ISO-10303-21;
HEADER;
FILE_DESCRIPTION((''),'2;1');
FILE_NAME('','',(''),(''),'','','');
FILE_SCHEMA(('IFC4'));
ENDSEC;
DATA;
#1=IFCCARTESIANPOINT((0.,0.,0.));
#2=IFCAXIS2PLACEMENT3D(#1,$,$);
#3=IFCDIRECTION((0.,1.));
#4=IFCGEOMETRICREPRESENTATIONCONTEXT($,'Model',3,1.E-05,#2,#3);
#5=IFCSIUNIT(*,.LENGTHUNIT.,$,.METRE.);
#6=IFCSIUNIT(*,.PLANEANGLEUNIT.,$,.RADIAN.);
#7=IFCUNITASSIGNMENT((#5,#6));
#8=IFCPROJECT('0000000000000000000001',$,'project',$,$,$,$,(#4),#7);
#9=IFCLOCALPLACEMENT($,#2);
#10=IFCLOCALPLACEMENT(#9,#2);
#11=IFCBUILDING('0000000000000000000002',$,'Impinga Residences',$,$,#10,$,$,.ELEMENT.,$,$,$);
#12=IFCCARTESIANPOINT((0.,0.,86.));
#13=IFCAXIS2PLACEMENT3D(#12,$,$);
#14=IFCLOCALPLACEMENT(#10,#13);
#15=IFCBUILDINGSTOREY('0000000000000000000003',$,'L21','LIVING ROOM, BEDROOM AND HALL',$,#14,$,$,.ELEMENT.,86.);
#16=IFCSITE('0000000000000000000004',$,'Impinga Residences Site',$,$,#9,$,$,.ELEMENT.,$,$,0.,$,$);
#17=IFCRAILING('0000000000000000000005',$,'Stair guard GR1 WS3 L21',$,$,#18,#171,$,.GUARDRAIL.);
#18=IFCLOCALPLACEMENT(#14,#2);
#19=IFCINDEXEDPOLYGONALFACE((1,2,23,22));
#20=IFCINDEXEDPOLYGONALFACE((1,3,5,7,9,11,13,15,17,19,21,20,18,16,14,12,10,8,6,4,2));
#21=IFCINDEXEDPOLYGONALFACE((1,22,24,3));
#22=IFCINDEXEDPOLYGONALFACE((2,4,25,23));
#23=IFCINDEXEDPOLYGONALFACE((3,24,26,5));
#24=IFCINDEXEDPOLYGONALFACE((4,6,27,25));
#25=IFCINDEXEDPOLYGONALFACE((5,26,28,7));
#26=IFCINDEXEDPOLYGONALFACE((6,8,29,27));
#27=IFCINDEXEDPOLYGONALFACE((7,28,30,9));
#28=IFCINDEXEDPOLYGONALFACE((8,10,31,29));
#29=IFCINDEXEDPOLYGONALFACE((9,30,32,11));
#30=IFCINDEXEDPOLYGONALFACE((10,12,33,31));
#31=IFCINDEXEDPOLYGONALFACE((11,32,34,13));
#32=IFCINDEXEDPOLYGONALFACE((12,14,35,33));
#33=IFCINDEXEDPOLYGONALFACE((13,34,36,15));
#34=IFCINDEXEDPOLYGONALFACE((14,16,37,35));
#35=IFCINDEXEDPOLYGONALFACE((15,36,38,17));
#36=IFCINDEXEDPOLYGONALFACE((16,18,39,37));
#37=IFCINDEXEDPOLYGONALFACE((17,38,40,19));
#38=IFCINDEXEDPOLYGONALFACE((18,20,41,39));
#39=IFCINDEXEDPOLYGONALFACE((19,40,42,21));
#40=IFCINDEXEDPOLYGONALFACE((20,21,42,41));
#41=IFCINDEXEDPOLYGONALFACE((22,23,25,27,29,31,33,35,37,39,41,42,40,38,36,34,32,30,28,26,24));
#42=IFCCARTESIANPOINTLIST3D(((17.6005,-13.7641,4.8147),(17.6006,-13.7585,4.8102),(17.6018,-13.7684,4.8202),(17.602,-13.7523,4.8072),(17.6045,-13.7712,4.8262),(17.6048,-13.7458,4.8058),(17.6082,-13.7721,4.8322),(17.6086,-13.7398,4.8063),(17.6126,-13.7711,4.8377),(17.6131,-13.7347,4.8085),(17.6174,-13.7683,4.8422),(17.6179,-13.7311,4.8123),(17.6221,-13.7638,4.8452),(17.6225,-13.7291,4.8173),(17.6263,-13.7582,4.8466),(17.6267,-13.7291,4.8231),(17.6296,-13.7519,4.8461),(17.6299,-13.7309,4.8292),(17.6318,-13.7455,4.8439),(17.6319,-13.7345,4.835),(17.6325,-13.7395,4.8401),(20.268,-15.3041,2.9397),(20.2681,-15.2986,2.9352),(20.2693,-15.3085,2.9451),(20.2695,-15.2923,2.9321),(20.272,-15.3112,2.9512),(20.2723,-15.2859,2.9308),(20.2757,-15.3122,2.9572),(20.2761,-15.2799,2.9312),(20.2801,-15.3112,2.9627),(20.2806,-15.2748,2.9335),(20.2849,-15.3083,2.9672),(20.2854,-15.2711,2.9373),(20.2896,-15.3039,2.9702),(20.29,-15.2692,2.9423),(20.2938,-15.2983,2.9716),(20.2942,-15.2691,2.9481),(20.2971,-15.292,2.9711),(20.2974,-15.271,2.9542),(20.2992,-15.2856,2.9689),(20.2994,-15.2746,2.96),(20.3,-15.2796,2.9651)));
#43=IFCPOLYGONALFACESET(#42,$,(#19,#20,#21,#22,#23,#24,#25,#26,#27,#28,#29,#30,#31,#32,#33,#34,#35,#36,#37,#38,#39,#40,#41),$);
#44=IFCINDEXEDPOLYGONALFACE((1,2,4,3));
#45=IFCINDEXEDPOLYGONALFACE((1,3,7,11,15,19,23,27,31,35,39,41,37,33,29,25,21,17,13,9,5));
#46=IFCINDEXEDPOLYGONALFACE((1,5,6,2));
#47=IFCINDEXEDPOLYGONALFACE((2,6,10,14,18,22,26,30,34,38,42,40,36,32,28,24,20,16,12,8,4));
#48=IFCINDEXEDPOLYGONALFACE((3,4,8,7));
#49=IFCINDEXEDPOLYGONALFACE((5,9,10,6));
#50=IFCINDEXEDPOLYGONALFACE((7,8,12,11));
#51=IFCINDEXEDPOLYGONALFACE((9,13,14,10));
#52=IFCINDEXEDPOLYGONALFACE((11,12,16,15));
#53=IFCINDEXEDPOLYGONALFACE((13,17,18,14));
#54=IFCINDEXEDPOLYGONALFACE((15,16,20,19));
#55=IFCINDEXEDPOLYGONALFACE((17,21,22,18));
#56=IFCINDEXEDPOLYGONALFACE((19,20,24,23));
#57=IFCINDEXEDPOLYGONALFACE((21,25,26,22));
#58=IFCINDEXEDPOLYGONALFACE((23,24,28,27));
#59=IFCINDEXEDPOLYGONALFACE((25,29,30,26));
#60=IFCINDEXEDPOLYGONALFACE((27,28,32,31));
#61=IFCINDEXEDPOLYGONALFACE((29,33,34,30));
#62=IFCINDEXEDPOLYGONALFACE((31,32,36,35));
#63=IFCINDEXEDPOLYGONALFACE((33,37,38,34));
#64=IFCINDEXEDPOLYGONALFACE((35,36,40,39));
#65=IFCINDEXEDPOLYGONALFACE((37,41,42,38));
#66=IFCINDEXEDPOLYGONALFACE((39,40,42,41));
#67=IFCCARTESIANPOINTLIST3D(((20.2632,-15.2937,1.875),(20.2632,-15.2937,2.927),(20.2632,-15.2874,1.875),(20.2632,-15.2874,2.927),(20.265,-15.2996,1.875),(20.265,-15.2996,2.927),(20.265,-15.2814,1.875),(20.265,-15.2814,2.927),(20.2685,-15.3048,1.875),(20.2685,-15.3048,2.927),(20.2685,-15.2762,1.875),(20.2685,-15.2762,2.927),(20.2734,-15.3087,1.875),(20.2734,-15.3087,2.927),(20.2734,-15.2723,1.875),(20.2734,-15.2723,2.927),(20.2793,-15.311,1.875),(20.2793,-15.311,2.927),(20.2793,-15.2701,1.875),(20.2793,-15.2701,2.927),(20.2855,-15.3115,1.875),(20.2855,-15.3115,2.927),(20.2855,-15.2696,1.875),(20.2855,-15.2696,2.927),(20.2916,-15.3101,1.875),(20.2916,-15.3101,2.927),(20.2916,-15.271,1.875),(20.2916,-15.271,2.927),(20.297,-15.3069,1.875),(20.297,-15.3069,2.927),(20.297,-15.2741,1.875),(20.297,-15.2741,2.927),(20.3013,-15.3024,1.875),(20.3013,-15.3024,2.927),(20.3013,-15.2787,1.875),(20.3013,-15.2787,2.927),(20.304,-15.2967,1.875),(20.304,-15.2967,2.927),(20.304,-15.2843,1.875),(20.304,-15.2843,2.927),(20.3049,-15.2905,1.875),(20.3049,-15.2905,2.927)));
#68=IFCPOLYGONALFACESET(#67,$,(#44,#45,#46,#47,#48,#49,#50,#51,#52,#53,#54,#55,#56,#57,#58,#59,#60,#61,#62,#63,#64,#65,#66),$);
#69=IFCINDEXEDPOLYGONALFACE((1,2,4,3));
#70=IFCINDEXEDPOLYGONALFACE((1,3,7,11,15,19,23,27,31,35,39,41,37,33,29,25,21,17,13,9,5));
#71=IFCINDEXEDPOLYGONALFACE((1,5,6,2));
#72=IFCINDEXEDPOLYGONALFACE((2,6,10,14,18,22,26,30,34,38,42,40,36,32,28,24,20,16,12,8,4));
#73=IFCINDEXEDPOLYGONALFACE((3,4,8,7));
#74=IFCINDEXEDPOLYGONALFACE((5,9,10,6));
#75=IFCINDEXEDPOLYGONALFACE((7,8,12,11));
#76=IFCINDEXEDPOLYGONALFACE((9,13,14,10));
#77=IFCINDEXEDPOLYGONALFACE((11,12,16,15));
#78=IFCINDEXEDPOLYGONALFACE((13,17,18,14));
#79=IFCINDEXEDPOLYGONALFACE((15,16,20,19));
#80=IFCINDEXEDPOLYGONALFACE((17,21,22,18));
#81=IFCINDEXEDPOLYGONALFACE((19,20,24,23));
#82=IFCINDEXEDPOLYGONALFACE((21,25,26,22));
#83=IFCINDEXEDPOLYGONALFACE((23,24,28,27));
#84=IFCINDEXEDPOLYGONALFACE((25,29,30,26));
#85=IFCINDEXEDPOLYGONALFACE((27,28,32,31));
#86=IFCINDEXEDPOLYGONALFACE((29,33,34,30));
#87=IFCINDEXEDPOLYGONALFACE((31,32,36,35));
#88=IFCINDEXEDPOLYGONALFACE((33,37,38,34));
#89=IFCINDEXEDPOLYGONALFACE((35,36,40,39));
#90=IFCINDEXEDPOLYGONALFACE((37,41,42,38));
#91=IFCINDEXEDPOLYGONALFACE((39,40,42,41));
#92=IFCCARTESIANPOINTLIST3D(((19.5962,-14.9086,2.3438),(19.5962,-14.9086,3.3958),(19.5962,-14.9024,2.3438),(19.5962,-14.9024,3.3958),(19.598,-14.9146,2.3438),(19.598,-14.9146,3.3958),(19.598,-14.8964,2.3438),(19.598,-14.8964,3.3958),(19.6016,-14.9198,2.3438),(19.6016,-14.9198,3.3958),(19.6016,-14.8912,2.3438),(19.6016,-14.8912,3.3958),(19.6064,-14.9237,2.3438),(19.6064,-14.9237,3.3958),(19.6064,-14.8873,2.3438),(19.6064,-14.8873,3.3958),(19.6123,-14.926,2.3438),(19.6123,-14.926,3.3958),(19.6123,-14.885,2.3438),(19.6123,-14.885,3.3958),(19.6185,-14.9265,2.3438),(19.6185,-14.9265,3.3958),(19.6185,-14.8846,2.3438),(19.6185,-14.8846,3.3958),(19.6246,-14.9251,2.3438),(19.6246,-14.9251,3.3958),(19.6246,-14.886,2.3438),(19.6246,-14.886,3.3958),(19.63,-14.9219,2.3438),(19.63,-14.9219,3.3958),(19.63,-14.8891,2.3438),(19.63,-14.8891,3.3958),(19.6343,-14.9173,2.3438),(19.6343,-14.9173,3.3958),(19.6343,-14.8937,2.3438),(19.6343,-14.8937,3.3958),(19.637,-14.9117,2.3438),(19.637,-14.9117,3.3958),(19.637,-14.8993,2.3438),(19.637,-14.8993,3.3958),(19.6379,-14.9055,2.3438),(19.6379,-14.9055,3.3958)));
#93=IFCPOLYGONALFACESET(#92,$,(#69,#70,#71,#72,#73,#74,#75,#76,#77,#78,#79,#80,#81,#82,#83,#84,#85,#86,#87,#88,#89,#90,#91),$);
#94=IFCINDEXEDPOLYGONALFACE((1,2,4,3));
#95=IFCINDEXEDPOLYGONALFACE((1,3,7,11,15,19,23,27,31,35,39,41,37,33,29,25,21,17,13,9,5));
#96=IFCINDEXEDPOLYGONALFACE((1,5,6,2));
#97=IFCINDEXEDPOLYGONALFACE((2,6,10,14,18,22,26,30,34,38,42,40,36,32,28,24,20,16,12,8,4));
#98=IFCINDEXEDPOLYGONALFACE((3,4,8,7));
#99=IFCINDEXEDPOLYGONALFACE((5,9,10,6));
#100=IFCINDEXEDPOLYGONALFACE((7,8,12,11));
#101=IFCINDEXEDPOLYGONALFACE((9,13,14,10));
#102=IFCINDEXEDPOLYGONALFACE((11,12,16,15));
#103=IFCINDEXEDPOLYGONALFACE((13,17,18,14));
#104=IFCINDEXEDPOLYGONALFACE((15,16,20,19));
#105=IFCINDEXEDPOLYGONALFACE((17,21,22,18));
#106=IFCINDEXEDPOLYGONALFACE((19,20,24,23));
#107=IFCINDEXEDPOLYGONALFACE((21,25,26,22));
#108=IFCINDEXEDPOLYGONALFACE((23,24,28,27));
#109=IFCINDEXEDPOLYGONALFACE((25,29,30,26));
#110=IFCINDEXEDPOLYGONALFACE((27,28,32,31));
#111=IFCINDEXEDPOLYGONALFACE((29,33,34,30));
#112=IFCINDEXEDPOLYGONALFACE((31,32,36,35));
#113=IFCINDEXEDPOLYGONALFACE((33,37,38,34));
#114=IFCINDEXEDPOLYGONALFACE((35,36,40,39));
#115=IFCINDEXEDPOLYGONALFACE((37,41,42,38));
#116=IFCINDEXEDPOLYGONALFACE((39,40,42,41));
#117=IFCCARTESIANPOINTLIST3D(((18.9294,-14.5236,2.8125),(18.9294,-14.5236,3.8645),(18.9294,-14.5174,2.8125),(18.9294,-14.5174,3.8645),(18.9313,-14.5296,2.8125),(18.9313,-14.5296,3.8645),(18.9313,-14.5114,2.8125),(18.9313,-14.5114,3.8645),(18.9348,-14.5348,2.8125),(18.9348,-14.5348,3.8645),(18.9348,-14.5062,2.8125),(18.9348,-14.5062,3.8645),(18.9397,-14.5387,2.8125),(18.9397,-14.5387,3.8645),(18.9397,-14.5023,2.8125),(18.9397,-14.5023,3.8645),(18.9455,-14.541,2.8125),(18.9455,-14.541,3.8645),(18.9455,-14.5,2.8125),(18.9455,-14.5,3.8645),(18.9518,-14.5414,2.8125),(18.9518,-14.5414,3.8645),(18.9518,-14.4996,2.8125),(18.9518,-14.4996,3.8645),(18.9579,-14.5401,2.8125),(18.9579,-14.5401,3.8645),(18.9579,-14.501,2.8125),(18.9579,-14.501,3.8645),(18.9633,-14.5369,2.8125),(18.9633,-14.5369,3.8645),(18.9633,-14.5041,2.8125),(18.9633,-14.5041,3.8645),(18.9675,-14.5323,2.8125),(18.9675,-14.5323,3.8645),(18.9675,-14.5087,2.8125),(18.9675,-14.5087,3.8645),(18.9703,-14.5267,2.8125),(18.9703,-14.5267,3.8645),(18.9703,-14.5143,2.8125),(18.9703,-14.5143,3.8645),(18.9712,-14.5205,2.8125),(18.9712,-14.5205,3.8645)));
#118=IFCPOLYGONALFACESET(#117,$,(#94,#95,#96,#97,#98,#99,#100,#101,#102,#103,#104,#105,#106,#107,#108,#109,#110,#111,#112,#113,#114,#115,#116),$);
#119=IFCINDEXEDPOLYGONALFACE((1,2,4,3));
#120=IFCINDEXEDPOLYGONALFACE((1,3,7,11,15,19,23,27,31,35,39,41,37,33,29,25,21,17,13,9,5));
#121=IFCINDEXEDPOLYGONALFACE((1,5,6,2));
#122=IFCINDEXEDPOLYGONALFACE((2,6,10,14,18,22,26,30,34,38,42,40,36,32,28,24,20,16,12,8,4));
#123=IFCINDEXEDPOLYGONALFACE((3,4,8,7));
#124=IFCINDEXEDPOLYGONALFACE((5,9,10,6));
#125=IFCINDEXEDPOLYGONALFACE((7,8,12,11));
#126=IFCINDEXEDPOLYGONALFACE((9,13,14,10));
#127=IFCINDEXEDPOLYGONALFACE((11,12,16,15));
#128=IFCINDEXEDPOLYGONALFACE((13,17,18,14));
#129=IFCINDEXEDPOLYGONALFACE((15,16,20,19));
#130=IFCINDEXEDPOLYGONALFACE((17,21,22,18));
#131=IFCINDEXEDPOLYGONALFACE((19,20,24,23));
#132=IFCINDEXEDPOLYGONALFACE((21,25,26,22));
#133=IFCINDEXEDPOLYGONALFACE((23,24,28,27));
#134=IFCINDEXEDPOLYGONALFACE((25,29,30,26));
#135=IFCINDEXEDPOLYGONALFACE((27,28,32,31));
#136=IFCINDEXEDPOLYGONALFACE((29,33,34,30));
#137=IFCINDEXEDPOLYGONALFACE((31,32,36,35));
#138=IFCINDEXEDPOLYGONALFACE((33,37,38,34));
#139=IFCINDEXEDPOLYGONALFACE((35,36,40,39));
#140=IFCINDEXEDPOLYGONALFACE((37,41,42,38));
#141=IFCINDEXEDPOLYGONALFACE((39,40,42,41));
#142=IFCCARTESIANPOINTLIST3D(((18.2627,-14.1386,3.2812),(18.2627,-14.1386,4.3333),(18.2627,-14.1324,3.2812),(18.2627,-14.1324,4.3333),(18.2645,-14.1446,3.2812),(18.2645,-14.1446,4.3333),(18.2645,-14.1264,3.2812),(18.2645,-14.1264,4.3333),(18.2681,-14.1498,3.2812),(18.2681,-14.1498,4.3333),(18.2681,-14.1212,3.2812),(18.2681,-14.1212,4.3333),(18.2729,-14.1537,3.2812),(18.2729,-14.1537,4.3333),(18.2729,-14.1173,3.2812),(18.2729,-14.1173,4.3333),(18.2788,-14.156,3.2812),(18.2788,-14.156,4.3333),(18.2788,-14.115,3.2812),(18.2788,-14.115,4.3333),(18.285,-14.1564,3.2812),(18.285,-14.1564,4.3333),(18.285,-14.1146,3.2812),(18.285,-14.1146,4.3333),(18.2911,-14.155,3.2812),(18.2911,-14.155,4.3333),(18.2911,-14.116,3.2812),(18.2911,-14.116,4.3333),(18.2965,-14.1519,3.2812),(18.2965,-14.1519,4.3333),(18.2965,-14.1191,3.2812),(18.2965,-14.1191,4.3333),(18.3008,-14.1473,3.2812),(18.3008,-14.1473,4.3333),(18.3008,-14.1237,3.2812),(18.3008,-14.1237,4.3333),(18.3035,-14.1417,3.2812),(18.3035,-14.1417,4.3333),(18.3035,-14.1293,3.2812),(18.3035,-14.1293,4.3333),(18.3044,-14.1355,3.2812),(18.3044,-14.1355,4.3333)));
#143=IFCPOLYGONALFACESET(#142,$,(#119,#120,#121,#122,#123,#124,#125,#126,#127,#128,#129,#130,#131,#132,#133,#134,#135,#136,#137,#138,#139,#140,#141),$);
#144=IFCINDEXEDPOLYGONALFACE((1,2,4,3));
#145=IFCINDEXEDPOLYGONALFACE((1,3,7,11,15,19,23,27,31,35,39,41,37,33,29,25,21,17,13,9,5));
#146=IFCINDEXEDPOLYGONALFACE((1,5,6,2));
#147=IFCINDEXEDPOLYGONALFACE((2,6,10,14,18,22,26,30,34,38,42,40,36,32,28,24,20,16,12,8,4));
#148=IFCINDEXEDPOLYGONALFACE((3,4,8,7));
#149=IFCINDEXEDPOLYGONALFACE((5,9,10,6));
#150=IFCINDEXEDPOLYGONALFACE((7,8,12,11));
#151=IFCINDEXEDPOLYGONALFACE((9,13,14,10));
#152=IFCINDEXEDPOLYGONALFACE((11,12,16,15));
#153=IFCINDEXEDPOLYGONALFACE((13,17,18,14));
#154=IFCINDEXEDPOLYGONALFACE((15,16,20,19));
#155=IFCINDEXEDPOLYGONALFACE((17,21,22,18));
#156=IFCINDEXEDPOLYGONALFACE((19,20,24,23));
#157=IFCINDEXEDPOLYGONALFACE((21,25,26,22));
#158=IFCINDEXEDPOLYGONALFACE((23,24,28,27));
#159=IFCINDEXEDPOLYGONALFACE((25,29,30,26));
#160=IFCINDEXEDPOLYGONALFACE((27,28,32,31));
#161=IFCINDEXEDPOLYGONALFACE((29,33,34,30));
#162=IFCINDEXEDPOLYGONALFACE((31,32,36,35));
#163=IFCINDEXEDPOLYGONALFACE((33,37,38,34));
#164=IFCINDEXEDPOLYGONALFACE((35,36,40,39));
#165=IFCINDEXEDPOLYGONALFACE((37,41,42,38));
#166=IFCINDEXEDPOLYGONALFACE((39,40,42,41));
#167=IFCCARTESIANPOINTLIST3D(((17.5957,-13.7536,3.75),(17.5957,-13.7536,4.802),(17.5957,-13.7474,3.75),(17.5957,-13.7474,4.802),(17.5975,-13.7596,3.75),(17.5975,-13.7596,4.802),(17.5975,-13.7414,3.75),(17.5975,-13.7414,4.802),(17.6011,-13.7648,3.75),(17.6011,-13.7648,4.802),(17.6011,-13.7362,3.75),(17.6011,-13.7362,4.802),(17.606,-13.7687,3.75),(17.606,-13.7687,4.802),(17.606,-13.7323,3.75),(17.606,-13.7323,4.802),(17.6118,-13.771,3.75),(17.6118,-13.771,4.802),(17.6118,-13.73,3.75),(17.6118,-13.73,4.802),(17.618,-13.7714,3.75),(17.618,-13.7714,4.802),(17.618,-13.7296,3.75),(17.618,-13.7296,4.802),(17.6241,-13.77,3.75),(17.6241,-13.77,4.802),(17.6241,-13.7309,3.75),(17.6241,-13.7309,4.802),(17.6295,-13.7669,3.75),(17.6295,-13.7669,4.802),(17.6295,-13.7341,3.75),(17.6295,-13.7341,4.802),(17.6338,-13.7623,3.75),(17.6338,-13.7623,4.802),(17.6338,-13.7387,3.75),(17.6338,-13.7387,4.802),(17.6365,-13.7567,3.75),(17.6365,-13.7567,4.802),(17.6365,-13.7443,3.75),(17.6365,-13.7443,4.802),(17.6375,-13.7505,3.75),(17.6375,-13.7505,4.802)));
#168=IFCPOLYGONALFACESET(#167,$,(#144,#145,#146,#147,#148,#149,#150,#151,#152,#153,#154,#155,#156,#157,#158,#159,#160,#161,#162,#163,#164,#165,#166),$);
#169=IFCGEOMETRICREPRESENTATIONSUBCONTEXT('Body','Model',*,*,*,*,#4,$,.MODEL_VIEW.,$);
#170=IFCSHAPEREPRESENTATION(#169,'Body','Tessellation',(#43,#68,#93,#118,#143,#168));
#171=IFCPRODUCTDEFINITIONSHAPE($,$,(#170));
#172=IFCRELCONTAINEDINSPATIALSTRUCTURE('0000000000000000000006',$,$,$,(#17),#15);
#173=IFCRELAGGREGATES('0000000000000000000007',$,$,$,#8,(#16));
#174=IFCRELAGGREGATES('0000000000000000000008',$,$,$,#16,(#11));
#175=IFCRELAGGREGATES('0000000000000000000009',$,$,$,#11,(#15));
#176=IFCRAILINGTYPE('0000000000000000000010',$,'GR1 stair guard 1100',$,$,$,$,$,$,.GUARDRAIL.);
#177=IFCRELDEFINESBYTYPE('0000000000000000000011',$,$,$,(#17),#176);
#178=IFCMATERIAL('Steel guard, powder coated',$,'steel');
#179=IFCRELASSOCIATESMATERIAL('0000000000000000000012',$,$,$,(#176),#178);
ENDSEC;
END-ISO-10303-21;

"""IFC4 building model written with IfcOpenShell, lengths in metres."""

from ifc_helpers import new_model, si_unit, direction, frame, origin, origin_2d, place, context, subcontext, project, spatial, circle, extrude, material, type_object, element, save


model = new_model("IFC4")

# Units and contexts
model_context = context("Model", 3, precision=1e-05, world=origin(), true_north=direction((0.0, 1.0)))
body_context = subcontext(model_context, "Body", "Model", "MODEL_VIEW")
ifc_project = project(units=[si_unit("LENGTHUNIT", "METRE"), si_unit("PLANEANGLEUNIT", "RADIAN")], contexts=[model_context])

# Site, building, storey
site_placement = place(None, origin())
site = spatial("IfcSite", under=ifc_project, at=site_placement, Name="Impinga Residences Site", CompositionType="ELEMENT", RefElevation=0.0)
building_placement = place(site_placement, origin())
building = spatial("IfcBuilding", under=site, at=building_placement, Name="Impinga Residences", CompositionType="ELEMENT")
storey_placement = place(building_placement, frame((0.0, 0.0, 86.0)))
storey = spatial("IfcBuildingStorey", under=building, at=storey_placement, Name="L21", Description="LIVING ROOM, BEDROOM AND HALL", CompositionType="ELEMENT", Elevation=86.0)

# Railing
ifc_material_1 = material(Name="Steel guard, powder coated", Category="steel")
railing_type_1 = type_object("IfcRailingType", Name="GR1 stair guard 1100", PredefinedType="GUARDRAIL", material=ifc_material_1)
railing_1_placement = place(storey_placement, frame((20.2839, -15.2905, 1.875)))
element("IfcRailing", 1, at=railing_1_placement, inside=storey, type_object=railing_type_1, Name="Stair guard GR1 WS3 L21", PredefinedType="GUARDRAIL", context=body_context, shape_type="SweptSolid", body=[
    extrude(circle(Radius=0.0239, at=origin_2d()), frame((0.0, 0.0, 1.0762), z_axis=(-0.739746, 0.427084, 0.519975), x_axis=(-0.499992, -0.86603, 0.0)), (0.0, 0.0, 1.0), 3.606),
    extrude(circle(Radius=0.021, at=origin_2d()), origin(), (0.0, 0.0, 1.0), 1.052),
    extrude(circle(Radius=0.021, at=origin_2d()), frame((-0.667, 0.385, 0.4688)), (0.0, 0.0, 1.0), 1.052),
    extrude(circle(Radius=0.021, at=origin_2d()), frame((-1.3337, 0.77, 0.9375)), (0.0, 0.0, 1.0), 1.052),
    extrude(circle(Radius=0.021, at=origin_2d()), frame((-2.0005, 1.155, 1.4062)), (0.0, 0.0, 1.0), 1.052),
    extrude(circle(Radius=0.021, at=origin_2d()), frame((-2.6675, 1.54, 1.875)), (0.0, 0.0, 1.0), 1.052),
])

save(model, "model.ifc")
